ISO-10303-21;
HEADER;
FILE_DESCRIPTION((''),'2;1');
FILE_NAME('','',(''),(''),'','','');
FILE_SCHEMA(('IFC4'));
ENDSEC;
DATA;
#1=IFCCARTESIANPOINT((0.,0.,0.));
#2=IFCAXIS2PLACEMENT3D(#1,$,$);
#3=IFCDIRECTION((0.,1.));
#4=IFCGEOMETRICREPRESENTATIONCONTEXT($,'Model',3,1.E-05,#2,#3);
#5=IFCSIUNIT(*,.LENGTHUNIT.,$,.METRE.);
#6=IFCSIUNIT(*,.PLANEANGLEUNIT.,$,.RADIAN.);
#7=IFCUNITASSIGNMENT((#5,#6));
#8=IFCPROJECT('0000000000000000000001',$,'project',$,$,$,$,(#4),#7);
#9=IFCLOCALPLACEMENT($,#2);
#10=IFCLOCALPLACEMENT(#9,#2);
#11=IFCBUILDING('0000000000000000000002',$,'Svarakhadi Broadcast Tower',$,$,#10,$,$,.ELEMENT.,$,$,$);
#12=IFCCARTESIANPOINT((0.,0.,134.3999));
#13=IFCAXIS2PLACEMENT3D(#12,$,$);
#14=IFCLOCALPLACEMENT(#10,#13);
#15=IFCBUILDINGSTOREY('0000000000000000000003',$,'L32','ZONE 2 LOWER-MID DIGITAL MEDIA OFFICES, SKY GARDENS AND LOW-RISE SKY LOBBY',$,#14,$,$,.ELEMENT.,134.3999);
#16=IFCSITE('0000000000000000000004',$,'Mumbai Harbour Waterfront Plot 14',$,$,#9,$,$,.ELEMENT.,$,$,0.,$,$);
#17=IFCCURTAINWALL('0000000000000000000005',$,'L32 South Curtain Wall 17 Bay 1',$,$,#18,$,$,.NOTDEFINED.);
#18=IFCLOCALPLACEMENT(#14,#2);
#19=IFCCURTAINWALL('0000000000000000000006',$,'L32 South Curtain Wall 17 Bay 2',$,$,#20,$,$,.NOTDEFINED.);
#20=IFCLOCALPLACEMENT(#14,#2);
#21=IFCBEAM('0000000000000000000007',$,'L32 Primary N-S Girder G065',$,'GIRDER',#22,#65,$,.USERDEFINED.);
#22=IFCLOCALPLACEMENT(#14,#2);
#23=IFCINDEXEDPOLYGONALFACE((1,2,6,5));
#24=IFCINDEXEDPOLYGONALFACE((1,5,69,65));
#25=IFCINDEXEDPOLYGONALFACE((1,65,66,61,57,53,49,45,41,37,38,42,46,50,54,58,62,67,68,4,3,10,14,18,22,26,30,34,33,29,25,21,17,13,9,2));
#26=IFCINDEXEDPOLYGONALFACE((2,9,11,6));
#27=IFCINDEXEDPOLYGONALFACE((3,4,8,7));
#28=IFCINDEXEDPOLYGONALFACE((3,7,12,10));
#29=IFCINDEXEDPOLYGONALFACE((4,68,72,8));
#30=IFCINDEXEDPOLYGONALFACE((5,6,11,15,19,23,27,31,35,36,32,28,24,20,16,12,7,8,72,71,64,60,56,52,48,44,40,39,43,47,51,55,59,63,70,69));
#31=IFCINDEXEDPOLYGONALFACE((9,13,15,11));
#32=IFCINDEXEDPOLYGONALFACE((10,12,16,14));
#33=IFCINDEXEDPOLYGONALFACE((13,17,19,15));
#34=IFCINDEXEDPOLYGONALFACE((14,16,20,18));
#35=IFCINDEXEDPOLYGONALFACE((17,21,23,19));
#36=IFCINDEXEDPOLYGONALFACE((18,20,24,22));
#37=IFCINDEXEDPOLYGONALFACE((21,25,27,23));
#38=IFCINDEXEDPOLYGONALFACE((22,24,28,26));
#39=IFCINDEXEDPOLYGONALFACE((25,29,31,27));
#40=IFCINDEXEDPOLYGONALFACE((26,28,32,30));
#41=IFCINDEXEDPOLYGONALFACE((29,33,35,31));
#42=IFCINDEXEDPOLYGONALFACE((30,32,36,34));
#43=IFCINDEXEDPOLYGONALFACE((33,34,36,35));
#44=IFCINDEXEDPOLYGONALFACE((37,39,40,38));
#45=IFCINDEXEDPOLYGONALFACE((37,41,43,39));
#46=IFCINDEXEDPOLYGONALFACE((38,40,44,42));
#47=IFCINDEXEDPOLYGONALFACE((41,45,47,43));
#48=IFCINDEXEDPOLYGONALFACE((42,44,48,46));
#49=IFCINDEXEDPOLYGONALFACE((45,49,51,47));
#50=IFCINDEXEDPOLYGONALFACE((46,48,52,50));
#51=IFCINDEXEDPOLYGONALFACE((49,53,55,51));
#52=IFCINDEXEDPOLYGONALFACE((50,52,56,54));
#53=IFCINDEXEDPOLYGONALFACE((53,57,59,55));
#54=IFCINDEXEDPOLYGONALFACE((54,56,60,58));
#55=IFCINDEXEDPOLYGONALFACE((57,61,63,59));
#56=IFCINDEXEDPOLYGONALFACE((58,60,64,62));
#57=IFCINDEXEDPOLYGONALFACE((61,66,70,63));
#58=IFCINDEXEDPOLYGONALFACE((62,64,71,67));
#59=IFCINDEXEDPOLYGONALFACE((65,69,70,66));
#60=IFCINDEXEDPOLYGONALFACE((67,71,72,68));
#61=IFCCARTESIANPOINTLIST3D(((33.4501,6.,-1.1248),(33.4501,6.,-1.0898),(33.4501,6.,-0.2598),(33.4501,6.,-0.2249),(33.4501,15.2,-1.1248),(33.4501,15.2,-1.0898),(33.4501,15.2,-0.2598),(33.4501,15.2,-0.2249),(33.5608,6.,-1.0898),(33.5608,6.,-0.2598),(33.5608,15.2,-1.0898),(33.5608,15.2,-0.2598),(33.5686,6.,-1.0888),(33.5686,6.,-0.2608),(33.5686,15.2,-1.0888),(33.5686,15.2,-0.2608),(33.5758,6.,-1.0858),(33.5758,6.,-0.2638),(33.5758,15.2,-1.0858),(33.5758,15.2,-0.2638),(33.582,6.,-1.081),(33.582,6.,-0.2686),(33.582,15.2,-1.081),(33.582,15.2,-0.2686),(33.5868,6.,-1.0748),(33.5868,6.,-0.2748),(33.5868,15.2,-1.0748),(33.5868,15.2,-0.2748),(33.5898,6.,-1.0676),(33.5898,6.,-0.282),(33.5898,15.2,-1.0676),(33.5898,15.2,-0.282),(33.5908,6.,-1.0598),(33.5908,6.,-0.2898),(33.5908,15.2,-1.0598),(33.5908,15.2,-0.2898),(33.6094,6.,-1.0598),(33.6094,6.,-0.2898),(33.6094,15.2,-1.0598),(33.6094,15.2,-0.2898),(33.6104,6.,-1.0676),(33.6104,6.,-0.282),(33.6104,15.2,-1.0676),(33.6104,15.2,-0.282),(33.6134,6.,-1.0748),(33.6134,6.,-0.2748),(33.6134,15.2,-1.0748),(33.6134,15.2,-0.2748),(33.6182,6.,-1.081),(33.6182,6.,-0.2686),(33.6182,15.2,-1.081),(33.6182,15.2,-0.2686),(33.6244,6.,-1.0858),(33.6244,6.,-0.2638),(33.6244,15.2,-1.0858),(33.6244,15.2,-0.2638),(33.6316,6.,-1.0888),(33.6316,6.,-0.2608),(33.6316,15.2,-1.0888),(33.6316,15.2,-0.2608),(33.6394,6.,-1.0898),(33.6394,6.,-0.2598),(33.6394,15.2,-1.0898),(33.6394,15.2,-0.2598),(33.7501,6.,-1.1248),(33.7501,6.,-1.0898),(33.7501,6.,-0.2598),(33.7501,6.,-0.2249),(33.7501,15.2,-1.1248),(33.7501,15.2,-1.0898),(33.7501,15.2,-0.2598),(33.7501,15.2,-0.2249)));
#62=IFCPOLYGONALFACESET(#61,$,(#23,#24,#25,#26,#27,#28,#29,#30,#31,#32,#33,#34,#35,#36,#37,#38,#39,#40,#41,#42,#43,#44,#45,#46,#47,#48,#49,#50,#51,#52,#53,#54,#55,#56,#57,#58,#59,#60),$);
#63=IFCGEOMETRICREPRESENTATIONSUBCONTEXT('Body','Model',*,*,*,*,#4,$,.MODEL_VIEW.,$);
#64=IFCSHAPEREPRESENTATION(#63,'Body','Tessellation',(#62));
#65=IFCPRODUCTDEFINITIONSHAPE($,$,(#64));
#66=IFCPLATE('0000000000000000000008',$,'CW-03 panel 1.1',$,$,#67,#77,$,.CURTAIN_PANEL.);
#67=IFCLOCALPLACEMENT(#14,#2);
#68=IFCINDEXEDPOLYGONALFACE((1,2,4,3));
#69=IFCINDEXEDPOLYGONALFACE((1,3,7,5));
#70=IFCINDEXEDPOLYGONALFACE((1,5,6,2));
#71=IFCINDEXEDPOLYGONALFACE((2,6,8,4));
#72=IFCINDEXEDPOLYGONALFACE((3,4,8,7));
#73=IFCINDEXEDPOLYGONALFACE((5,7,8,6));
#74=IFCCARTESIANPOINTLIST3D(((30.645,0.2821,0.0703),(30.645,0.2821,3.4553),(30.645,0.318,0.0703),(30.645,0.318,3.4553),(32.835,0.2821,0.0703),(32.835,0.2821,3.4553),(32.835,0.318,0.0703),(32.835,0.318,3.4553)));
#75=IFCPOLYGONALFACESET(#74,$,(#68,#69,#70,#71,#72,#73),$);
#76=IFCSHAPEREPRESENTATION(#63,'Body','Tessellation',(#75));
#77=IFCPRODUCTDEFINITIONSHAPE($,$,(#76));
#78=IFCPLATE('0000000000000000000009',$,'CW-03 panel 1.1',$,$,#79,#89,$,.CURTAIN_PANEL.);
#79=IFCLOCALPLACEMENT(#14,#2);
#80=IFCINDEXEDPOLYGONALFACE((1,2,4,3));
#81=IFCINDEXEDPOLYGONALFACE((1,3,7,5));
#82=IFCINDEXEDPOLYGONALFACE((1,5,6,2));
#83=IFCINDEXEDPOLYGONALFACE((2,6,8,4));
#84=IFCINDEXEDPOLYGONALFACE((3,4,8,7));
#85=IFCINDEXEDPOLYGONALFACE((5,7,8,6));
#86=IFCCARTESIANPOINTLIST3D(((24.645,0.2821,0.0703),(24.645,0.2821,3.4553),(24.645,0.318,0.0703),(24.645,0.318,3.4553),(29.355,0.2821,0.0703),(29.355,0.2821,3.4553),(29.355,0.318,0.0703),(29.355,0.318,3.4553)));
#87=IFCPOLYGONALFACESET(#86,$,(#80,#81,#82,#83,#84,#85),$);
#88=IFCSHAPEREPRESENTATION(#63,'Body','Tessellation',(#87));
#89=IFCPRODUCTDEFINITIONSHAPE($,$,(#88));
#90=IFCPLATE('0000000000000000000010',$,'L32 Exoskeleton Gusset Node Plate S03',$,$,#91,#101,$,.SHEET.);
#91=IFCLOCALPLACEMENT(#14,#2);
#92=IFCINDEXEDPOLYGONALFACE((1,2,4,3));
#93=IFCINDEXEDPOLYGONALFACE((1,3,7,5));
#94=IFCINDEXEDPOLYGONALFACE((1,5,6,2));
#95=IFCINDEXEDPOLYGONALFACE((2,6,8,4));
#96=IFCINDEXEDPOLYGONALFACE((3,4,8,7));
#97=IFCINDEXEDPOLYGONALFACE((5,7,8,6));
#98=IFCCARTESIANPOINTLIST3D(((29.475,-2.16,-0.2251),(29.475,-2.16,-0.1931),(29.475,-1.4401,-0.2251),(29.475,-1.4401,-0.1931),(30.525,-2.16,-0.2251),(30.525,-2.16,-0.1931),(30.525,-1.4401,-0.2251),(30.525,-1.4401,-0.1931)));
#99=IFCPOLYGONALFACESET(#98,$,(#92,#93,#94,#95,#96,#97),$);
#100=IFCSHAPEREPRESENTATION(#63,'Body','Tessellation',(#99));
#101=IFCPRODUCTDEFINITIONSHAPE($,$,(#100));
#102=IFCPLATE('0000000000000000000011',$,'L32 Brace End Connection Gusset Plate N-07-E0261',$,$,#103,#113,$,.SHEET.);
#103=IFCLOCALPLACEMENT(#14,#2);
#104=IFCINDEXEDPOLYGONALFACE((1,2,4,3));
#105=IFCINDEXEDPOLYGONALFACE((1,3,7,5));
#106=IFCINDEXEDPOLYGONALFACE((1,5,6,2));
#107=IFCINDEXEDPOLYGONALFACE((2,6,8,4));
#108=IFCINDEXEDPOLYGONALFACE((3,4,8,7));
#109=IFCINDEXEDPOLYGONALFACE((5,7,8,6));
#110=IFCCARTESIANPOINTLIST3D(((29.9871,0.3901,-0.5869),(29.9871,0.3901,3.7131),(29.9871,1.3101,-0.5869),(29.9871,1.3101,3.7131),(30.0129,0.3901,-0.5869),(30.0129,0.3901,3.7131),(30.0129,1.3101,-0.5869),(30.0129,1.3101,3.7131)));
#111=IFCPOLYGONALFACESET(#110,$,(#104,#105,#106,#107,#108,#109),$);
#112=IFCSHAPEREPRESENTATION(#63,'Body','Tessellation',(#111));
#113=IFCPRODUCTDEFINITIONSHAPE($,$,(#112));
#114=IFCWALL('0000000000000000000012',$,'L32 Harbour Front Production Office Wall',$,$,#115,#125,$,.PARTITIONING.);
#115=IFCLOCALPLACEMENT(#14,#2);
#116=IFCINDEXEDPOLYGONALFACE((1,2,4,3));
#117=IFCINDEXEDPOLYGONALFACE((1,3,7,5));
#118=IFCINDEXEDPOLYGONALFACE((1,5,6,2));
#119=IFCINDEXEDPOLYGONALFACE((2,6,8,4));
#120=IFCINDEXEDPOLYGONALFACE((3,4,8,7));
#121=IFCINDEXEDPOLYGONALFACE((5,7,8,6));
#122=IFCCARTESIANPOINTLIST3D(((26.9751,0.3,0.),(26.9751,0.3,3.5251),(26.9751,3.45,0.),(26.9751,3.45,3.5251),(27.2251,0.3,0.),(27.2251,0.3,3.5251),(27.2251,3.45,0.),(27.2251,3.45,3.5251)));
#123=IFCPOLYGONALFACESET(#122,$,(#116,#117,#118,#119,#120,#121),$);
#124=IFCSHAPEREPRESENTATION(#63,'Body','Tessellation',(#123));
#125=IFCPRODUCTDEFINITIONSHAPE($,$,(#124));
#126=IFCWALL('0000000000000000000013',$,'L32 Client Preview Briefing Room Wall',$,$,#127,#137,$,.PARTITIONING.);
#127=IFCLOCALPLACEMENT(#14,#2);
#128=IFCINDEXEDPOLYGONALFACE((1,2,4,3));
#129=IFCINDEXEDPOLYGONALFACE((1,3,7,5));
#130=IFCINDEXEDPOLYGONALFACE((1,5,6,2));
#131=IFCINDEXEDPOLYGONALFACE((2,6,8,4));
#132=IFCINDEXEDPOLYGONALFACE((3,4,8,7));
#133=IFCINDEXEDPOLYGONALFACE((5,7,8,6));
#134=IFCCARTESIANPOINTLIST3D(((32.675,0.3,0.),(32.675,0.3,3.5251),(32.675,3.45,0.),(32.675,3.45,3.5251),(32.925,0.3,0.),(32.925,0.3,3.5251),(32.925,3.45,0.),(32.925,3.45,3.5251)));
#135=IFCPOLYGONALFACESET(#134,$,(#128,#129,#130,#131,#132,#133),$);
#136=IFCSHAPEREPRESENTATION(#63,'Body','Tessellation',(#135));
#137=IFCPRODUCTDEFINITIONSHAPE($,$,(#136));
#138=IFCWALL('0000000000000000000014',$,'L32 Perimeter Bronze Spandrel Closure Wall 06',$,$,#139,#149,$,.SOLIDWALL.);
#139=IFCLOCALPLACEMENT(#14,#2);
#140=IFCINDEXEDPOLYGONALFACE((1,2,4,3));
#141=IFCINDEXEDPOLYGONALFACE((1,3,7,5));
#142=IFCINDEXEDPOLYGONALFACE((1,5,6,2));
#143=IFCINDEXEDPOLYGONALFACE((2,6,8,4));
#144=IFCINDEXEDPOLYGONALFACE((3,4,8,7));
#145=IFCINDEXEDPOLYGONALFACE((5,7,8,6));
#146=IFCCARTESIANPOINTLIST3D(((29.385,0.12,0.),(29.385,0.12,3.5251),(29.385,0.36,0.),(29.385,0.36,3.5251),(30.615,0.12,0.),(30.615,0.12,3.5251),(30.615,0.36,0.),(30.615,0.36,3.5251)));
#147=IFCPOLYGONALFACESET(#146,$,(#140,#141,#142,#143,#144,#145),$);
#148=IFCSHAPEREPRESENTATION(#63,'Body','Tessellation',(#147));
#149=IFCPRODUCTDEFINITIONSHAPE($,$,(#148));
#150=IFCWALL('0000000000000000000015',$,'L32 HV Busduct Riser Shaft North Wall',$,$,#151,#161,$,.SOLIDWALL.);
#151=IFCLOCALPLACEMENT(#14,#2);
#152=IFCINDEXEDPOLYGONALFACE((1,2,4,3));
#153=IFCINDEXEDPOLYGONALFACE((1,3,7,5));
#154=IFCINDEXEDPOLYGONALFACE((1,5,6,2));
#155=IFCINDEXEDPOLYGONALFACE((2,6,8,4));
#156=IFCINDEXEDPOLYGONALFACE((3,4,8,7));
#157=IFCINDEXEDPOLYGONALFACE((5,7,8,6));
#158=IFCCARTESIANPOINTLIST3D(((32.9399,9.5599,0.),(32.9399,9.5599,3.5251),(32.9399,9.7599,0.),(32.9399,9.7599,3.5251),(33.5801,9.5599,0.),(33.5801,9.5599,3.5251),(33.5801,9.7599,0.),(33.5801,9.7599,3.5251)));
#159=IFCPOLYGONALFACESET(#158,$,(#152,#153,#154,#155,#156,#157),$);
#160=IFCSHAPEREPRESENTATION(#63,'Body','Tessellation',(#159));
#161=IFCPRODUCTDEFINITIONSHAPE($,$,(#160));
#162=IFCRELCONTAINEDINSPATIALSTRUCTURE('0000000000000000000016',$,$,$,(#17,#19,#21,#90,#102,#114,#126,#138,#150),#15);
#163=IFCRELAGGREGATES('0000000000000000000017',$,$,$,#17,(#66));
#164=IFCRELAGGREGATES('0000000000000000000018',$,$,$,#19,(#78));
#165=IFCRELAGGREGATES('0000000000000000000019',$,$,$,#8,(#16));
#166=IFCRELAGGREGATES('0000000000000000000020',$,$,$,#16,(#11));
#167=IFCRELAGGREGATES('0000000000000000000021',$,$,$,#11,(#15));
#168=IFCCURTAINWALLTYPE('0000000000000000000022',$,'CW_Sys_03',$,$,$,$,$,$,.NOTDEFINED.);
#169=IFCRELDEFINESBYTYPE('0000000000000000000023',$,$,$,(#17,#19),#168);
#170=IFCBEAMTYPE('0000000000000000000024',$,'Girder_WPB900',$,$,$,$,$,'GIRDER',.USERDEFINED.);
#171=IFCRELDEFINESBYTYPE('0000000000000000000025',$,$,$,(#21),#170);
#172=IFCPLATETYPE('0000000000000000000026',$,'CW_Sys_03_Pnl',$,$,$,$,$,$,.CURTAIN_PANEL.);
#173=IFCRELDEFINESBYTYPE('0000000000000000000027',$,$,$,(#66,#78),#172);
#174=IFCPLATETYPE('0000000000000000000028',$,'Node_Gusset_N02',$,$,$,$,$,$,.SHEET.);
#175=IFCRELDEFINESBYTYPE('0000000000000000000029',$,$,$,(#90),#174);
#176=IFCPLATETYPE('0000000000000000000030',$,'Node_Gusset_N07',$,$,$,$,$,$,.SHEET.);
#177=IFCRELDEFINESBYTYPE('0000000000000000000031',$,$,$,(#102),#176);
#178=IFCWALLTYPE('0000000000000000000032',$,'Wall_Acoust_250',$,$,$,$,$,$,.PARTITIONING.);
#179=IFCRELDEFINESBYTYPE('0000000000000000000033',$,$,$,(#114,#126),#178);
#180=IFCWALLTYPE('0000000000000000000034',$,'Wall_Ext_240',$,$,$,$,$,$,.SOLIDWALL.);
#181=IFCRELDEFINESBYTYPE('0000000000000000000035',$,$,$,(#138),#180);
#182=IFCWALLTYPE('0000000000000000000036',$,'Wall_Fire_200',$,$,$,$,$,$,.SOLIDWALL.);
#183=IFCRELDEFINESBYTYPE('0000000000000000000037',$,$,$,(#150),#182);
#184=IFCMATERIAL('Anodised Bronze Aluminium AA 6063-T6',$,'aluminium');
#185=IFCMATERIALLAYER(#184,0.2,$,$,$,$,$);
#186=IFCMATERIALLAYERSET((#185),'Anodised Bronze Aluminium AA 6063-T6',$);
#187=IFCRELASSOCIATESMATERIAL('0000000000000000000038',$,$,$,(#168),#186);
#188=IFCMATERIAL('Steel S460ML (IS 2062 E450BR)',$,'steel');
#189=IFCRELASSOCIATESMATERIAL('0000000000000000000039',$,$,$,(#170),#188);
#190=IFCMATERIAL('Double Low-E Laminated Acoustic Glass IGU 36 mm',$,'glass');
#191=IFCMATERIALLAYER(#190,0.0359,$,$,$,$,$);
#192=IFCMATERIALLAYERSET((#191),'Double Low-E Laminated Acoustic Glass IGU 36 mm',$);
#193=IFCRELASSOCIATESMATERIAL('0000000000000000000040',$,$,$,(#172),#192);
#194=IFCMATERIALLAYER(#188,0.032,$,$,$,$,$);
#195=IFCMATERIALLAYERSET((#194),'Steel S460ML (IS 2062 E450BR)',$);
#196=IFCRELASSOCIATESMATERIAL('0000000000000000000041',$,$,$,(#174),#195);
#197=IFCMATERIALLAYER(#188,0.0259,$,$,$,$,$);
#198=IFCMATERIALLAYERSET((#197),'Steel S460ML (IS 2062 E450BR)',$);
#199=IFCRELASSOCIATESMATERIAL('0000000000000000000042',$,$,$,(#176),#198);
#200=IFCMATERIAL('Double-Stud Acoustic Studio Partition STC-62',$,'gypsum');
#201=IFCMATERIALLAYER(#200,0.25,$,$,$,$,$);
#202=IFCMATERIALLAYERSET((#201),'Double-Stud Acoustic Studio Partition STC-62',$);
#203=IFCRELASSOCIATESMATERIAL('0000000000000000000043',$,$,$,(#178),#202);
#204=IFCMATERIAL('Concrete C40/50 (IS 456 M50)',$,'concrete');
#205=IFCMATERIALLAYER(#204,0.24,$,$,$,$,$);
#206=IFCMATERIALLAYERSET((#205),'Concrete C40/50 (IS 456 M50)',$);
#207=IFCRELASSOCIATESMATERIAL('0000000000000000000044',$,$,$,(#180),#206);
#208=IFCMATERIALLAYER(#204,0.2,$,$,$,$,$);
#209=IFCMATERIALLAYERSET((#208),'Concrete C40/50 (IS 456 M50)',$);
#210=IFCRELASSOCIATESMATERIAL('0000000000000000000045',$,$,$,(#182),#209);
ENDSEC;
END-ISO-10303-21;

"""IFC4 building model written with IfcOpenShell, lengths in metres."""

from ifc_helpers import new_model, si_unit, direction, frame, frame_2d, origin, origin_2d, place, context, subcontext, project, spatial, rectangle, i_section, extrude, material, layer, layer_set, material_profile, profile_set, type_object, element, aggregate, save


model = new_model("IFC4")

# Units and contexts
model_context = context("Model", 3, precision=1e-05, world=origin(), true_north=direction((0.0, 1.0)))
body_context = subcontext(model_context, "Body", "Model", "MODEL_VIEW")
ifc_project = project(units=[si_unit("LENGTHUNIT", "METRE"), si_unit("PLANEANGLEUNIT", "RADIAN")], contexts=[model_context])

# Site, building, storey
site_placement = place(None, origin())
site = spatial("IfcSite", under=ifc_project, at=site_placement, Name="Mumbai Harbour Waterfront Plot 14", CompositionType="ELEMENT", RefElevation=0.0)
building_placement = place(site_placement, origin())
building = spatial("IfcBuilding", under=site, at=building_placement, Name="Svarakhadi Broadcast Tower", CompositionType="ELEMENT")
storey_placement = place(building_placement, frame((0.0, 0.0, 134.3999)))
storey = spatial("IfcBuildingStorey", under=building, at=storey_placement, Name="L32", Description="ZONE 2 LOWER-MID DIGITAL MEDIA OFFICES, SKY GARDENS AND LOW-RISE SKY LOBBY", CompositionType="ELEMENT", Elevation=134.3999)

# Curtain wall
ifc_material_1 = material(Name="Anodised Bronze Aluminium AA 6063-T6", Category="aluminium")
ifc_layer_1 = layer(ifc_material_1, 0.2)
ifc_layer_set_1 = layer_set([ifc_layer_1], Name="Anodised Bronze Aluminium AA 6063-T6")
curtain_wall_type = type_object("IfcCurtainWallType", Name="CW_Sys_03", PredefinedType="NOTDEFINED", material=ifc_layer_set_1)
curtain_wall_1_placement = place(storey_placement, origin())
curtain_wall_1 = element("IfcCurtainWall", 1, at=curtain_wall_1_placement, inside=storey, type_object=curtain_wall_type, Name="L32 South Curtain Wall 17 Bay 1", PredefinedType="NOTDEFINED")

# Curtain wall
curtain_wall_2_placement = place(storey_placement, origin())
curtain_wall_2 = element("IfcCurtainWall", 2, at=curtain_wall_2_placement, inside=storey, type_object=curtain_wall_type, Name="L32 South Curtain Wall 17 Bay 2", PredefinedType="NOTDEFINED")

# Shared definitions
ifc_material_2 = material(Name="Steel S460ML (IS 2062 E450BR)", Category="steel")

# Beam
ifc_material_profile_1 = material_profile(ifc_material_2, i_section(OverallWidth=0.3, OverallDepth=0.8999, WebThickness=0.0186, FlangeThickness=0.0349, FilletRadius=0.03, at=origin_2d()), Name="WPB 900x300x291")
ifc_profile_set_1 = profile_set([ifc_material_profile_1], Name="Steel S460ML (IS 2062 E450BR)")
beam_type_1 = type_object("IfcBeamType", Name="Girder_WPB900", ElementType="GIRDER", PredefinedType="USERDEFINED", material=ifc_profile_set_1)
beam_1_placement = place(storey_placement, frame((33.6001, 6.0, -0.6748), z_axis=(0.0, 1.0, 0.0), x_axis=(-1.0, 0.0, 0.0)))
element("IfcBeam", 3, at=beam_1_placement, inside=storey, type_object=beam_type_1, Name="L32 Primary N-S Girder G065", ObjectType="GIRDER", PredefinedType="USERDEFINED", context=body_context, shape_type="SweptSolid", body=[
    extrude(i_section(OverallWidth=0.3, OverallDepth=0.8999, WebThickness=0.0186, FlangeThickness=0.0349, FilletRadius=0.03, at=origin_2d()), origin(), (0.0, 0.0, 1.0), 9.2),
])

# Plates
ifc_material_3 = material(Name="Double Low-E Laminated Acoustic Glass IGU 36 mm", Category="glass")
ifc_layer_2 = layer(ifc_material_3, 0.0359)
ifc_layer_set_2 = layer_set([ifc_layer_2], Name="Double Low-E Laminated Acoustic Glass IGU 36 mm")
plate_type_1 = type_object("IfcPlateType", Name="CW_Sys_03_Pnl", PredefinedType="CURTAIN_PANEL", material=ifc_layer_set_2)
plate_1_placement = place(storey_placement, frame((31.74, 0.3, 0.0703), z_axis=(0.0, 0.0, 1.0), x_axis=(-1.0, 0.0, 0.0)))
plate_1 = element("IfcPlate", 4, at=plate_1_placement, type_object=plate_type_1, Name="CW-03 panel 1.1", PredefinedType="CURTAIN_PANEL", context=body_context, shape_type="SweptSolid", body=[
    extrude(rectangle(XDim=2.1899, YDim=0.0359, at=origin_2d()), origin(), (0.0, 0.0, 1.0), 3.385),
])
aggregate(curtain_wall_1, [plate_1])
plate_2_placement = place(storey_placement, frame((27.0, 0.3, 0.0703), z_axis=(0.0, 0.0, 1.0), x_axis=(-1.0, 0.0, 0.0)))
plate_2 = element("IfcPlate", 5, at=plate_2_placement, type_object=plate_type_1, Name="CW-03 panel 1.1", PredefinedType="CURTAIN_PANEL", context=body_context, shape_type="SweptSolid", body=[
    extrude(rectangle(XDim=4.71, YDim=0.0359, at=origin_2d()), origin(), (0.0, 0.0, 1.0), 3.385),
])
aggregate(curtain_wall_2, [plate_2])

# Plates
ifc_layer_3 = layer(ifc_material_2, 0.032)
ifc_layer_set_3 = layer_set([ifc_layer_3], Name="Steel S460ML (IS 2062 E450BR)")
plate_type_2 = type_object("IfcPlateType", Name="Node_Gusset_N02", PredefinedType="SHEET", material=ifc_layer_set_3)
plate_3_placement = place(storey_placement, frame((30.0, -1.8, -0.2251), z_axis=(0.0, 0.0, 1.0), x_axis=(1.0, 0.0, 0.0)))
element("IfcPlate", 6, at=plate_3_placement, inside=storey, type_object=plate_type_2, Name="L32 Exoskeleton Gusset Node Plate S03", PredefinedType="SHEET", context=body_context, shape_type="SweptSolid", body=[
    extrude(rectangle(XDim=1.05, YDim=0.72, at=origin_2d()), origin(), (0.0, 0.0, 1.0), 0.032),
])
ifc_layer_4 = layer(ifc_material_2, 0.0259)
ifc_layer_set_4 = layer_set([ifc_layer_4], Name="Steel S460ML (IS 2062 E450BR)")
plate_type_3 = type_object("IfcPlateType", Name="Node_Gusset_N07", PredefinedType="SHEET", material=ifc_layer_set_4)
plate_4_placement = place(storey_placement, frame((30.0, 0.8501, -0.5869), z_axis=(0.0, 0.0, 1.0), x_axis=(0.0, 1.0, 0.0)))
element("IfcPlate", 7, at=plate_4_placement, inside=storey, type_object=plate_type_3, Name="L32 Brace End Connection Gusset Plate N-07-E0261", PredefinedType="SHEET", context=body_context, shape_type="SweptSolid", body=[
    extrude(rectangle(XDim=0.9199, YDim=0.0259, at=origin_2d()), origin(), (0.0, 0.0, 1.0), 4.3),
])

# Walls
ifc_material_4 = material(Name="Double-Stud Acoustic Studio Partition STC-62", Category="gypsum")
ifc_layer_5 = layer(ifc_material_4, 0.25)
ifc_layer_set_5 = layer_set([ifc_layer_5], Name="Double-Stud Acoustic Studio Partition STC-62")
wall_type_1 = type_object("IfcWallType", Name="Wall_Acoust_250", PredefinedType="PARTITIONING", material=ifc_layer_set_5)
for number, where, z_axis, x_axis, name in (
    (8, (27.1001, 0.3, 0.0), (0.0, 0.0, 1.0), (0.0, 1.0, 0.0), "L32 Harbour Front Production Office Wall"),
    (9, (32.8, 0.3, 0.0), (0.0, 0.0, 1.0), (0.0, 1.0, 0.0), "L32 Client Preview Briefing Room Wall"),
):
    element("IfcWall", number, at=place(storey_placement, frame(where, z_axis=z_axis, x_axis=x_axis)), inside=storey, type_object=wall_type_1, Name=name, PredefinedType="PARTITIONING", context=body_context, shape_type="SweptSolid", body=[
        extrude(rectangle(XDim=3.1499, YDim=0.25, at=frame_2d((1.575, 0.0))), origin(), (0.0, 0.0, 1.0), 3.5251),
    ])
ifc_material_5 = material(Name="Concrete C40/50 (IS 456 M50)", Category="concrete")
ifc_layer_6 = layer(ifc_material_5, 0.24)
ifc_layer_set_6 = layer_set([ifc_layer_6], Name="Concrete C40/50 (IS 456 M50)")
wall_type_2 = type_object("IfcWallType", Name="Wall_Ext_240", PredefinedType="SOLIDWALL", material=ifc_layer_set_6)
wall_1_placement = place(storey_placement, frame((30.615, 0.24, 0.0), z_axis=(0.0, 0.0, 1.0), x_axis=(-1.0, 0.0, 0.0)))
element("IfcWall", 10, at=wall_1_placement, inside=storey, type_object=wall_type_2, Name="L32 Perimeter Bronze Spandrel Closure Wall 06", PredefinedType="SOLIDWALL", context=body_context, shape_type="SweptSolid", body=[
    extrude(rectangle(XDim=1.23, YDim=0.24, at=frame_2d((0.615, 0.0))), origin(), (0.0, 0.0, 1.0), 3.5251),
])
ifc_layer_7 = layer(ifc_material_5, 0.2)
ifc_layer_set_7 = layer_set([ifc_layer_7], Name="Concrete C40/50 (IS 456 M50)")
wall_type_3 = type_object("IfcWallType", Name="Wall_Fire_200", PredefinedType="SOLIDWALL", material=ifc_layer_set_7)
wall_2_placement = place(storey_placement, frame((32.9399, 9.6599, 0.0), z_axis=(0.0, 0.0, 1.0), x_axis=(1.0, 0.0, 0.0)))
element("IfcWall", 11, at=wall_2_placement, inside=storey, type_object=wall_type_3, Name="L32 HV Busduct Riser Shaft North Wall", PredefinedType="SOLIDWALL", context=body_context, shape_type="SweptSolid", body=[
    extrude(rectangle(XDim=0.6401, YDim=0.2, at=frame_2d((0.3201, 0.0))), origin(), (0.0, 0.0, 1.0), 3.5251),
])

save(model, "model.ifc")
